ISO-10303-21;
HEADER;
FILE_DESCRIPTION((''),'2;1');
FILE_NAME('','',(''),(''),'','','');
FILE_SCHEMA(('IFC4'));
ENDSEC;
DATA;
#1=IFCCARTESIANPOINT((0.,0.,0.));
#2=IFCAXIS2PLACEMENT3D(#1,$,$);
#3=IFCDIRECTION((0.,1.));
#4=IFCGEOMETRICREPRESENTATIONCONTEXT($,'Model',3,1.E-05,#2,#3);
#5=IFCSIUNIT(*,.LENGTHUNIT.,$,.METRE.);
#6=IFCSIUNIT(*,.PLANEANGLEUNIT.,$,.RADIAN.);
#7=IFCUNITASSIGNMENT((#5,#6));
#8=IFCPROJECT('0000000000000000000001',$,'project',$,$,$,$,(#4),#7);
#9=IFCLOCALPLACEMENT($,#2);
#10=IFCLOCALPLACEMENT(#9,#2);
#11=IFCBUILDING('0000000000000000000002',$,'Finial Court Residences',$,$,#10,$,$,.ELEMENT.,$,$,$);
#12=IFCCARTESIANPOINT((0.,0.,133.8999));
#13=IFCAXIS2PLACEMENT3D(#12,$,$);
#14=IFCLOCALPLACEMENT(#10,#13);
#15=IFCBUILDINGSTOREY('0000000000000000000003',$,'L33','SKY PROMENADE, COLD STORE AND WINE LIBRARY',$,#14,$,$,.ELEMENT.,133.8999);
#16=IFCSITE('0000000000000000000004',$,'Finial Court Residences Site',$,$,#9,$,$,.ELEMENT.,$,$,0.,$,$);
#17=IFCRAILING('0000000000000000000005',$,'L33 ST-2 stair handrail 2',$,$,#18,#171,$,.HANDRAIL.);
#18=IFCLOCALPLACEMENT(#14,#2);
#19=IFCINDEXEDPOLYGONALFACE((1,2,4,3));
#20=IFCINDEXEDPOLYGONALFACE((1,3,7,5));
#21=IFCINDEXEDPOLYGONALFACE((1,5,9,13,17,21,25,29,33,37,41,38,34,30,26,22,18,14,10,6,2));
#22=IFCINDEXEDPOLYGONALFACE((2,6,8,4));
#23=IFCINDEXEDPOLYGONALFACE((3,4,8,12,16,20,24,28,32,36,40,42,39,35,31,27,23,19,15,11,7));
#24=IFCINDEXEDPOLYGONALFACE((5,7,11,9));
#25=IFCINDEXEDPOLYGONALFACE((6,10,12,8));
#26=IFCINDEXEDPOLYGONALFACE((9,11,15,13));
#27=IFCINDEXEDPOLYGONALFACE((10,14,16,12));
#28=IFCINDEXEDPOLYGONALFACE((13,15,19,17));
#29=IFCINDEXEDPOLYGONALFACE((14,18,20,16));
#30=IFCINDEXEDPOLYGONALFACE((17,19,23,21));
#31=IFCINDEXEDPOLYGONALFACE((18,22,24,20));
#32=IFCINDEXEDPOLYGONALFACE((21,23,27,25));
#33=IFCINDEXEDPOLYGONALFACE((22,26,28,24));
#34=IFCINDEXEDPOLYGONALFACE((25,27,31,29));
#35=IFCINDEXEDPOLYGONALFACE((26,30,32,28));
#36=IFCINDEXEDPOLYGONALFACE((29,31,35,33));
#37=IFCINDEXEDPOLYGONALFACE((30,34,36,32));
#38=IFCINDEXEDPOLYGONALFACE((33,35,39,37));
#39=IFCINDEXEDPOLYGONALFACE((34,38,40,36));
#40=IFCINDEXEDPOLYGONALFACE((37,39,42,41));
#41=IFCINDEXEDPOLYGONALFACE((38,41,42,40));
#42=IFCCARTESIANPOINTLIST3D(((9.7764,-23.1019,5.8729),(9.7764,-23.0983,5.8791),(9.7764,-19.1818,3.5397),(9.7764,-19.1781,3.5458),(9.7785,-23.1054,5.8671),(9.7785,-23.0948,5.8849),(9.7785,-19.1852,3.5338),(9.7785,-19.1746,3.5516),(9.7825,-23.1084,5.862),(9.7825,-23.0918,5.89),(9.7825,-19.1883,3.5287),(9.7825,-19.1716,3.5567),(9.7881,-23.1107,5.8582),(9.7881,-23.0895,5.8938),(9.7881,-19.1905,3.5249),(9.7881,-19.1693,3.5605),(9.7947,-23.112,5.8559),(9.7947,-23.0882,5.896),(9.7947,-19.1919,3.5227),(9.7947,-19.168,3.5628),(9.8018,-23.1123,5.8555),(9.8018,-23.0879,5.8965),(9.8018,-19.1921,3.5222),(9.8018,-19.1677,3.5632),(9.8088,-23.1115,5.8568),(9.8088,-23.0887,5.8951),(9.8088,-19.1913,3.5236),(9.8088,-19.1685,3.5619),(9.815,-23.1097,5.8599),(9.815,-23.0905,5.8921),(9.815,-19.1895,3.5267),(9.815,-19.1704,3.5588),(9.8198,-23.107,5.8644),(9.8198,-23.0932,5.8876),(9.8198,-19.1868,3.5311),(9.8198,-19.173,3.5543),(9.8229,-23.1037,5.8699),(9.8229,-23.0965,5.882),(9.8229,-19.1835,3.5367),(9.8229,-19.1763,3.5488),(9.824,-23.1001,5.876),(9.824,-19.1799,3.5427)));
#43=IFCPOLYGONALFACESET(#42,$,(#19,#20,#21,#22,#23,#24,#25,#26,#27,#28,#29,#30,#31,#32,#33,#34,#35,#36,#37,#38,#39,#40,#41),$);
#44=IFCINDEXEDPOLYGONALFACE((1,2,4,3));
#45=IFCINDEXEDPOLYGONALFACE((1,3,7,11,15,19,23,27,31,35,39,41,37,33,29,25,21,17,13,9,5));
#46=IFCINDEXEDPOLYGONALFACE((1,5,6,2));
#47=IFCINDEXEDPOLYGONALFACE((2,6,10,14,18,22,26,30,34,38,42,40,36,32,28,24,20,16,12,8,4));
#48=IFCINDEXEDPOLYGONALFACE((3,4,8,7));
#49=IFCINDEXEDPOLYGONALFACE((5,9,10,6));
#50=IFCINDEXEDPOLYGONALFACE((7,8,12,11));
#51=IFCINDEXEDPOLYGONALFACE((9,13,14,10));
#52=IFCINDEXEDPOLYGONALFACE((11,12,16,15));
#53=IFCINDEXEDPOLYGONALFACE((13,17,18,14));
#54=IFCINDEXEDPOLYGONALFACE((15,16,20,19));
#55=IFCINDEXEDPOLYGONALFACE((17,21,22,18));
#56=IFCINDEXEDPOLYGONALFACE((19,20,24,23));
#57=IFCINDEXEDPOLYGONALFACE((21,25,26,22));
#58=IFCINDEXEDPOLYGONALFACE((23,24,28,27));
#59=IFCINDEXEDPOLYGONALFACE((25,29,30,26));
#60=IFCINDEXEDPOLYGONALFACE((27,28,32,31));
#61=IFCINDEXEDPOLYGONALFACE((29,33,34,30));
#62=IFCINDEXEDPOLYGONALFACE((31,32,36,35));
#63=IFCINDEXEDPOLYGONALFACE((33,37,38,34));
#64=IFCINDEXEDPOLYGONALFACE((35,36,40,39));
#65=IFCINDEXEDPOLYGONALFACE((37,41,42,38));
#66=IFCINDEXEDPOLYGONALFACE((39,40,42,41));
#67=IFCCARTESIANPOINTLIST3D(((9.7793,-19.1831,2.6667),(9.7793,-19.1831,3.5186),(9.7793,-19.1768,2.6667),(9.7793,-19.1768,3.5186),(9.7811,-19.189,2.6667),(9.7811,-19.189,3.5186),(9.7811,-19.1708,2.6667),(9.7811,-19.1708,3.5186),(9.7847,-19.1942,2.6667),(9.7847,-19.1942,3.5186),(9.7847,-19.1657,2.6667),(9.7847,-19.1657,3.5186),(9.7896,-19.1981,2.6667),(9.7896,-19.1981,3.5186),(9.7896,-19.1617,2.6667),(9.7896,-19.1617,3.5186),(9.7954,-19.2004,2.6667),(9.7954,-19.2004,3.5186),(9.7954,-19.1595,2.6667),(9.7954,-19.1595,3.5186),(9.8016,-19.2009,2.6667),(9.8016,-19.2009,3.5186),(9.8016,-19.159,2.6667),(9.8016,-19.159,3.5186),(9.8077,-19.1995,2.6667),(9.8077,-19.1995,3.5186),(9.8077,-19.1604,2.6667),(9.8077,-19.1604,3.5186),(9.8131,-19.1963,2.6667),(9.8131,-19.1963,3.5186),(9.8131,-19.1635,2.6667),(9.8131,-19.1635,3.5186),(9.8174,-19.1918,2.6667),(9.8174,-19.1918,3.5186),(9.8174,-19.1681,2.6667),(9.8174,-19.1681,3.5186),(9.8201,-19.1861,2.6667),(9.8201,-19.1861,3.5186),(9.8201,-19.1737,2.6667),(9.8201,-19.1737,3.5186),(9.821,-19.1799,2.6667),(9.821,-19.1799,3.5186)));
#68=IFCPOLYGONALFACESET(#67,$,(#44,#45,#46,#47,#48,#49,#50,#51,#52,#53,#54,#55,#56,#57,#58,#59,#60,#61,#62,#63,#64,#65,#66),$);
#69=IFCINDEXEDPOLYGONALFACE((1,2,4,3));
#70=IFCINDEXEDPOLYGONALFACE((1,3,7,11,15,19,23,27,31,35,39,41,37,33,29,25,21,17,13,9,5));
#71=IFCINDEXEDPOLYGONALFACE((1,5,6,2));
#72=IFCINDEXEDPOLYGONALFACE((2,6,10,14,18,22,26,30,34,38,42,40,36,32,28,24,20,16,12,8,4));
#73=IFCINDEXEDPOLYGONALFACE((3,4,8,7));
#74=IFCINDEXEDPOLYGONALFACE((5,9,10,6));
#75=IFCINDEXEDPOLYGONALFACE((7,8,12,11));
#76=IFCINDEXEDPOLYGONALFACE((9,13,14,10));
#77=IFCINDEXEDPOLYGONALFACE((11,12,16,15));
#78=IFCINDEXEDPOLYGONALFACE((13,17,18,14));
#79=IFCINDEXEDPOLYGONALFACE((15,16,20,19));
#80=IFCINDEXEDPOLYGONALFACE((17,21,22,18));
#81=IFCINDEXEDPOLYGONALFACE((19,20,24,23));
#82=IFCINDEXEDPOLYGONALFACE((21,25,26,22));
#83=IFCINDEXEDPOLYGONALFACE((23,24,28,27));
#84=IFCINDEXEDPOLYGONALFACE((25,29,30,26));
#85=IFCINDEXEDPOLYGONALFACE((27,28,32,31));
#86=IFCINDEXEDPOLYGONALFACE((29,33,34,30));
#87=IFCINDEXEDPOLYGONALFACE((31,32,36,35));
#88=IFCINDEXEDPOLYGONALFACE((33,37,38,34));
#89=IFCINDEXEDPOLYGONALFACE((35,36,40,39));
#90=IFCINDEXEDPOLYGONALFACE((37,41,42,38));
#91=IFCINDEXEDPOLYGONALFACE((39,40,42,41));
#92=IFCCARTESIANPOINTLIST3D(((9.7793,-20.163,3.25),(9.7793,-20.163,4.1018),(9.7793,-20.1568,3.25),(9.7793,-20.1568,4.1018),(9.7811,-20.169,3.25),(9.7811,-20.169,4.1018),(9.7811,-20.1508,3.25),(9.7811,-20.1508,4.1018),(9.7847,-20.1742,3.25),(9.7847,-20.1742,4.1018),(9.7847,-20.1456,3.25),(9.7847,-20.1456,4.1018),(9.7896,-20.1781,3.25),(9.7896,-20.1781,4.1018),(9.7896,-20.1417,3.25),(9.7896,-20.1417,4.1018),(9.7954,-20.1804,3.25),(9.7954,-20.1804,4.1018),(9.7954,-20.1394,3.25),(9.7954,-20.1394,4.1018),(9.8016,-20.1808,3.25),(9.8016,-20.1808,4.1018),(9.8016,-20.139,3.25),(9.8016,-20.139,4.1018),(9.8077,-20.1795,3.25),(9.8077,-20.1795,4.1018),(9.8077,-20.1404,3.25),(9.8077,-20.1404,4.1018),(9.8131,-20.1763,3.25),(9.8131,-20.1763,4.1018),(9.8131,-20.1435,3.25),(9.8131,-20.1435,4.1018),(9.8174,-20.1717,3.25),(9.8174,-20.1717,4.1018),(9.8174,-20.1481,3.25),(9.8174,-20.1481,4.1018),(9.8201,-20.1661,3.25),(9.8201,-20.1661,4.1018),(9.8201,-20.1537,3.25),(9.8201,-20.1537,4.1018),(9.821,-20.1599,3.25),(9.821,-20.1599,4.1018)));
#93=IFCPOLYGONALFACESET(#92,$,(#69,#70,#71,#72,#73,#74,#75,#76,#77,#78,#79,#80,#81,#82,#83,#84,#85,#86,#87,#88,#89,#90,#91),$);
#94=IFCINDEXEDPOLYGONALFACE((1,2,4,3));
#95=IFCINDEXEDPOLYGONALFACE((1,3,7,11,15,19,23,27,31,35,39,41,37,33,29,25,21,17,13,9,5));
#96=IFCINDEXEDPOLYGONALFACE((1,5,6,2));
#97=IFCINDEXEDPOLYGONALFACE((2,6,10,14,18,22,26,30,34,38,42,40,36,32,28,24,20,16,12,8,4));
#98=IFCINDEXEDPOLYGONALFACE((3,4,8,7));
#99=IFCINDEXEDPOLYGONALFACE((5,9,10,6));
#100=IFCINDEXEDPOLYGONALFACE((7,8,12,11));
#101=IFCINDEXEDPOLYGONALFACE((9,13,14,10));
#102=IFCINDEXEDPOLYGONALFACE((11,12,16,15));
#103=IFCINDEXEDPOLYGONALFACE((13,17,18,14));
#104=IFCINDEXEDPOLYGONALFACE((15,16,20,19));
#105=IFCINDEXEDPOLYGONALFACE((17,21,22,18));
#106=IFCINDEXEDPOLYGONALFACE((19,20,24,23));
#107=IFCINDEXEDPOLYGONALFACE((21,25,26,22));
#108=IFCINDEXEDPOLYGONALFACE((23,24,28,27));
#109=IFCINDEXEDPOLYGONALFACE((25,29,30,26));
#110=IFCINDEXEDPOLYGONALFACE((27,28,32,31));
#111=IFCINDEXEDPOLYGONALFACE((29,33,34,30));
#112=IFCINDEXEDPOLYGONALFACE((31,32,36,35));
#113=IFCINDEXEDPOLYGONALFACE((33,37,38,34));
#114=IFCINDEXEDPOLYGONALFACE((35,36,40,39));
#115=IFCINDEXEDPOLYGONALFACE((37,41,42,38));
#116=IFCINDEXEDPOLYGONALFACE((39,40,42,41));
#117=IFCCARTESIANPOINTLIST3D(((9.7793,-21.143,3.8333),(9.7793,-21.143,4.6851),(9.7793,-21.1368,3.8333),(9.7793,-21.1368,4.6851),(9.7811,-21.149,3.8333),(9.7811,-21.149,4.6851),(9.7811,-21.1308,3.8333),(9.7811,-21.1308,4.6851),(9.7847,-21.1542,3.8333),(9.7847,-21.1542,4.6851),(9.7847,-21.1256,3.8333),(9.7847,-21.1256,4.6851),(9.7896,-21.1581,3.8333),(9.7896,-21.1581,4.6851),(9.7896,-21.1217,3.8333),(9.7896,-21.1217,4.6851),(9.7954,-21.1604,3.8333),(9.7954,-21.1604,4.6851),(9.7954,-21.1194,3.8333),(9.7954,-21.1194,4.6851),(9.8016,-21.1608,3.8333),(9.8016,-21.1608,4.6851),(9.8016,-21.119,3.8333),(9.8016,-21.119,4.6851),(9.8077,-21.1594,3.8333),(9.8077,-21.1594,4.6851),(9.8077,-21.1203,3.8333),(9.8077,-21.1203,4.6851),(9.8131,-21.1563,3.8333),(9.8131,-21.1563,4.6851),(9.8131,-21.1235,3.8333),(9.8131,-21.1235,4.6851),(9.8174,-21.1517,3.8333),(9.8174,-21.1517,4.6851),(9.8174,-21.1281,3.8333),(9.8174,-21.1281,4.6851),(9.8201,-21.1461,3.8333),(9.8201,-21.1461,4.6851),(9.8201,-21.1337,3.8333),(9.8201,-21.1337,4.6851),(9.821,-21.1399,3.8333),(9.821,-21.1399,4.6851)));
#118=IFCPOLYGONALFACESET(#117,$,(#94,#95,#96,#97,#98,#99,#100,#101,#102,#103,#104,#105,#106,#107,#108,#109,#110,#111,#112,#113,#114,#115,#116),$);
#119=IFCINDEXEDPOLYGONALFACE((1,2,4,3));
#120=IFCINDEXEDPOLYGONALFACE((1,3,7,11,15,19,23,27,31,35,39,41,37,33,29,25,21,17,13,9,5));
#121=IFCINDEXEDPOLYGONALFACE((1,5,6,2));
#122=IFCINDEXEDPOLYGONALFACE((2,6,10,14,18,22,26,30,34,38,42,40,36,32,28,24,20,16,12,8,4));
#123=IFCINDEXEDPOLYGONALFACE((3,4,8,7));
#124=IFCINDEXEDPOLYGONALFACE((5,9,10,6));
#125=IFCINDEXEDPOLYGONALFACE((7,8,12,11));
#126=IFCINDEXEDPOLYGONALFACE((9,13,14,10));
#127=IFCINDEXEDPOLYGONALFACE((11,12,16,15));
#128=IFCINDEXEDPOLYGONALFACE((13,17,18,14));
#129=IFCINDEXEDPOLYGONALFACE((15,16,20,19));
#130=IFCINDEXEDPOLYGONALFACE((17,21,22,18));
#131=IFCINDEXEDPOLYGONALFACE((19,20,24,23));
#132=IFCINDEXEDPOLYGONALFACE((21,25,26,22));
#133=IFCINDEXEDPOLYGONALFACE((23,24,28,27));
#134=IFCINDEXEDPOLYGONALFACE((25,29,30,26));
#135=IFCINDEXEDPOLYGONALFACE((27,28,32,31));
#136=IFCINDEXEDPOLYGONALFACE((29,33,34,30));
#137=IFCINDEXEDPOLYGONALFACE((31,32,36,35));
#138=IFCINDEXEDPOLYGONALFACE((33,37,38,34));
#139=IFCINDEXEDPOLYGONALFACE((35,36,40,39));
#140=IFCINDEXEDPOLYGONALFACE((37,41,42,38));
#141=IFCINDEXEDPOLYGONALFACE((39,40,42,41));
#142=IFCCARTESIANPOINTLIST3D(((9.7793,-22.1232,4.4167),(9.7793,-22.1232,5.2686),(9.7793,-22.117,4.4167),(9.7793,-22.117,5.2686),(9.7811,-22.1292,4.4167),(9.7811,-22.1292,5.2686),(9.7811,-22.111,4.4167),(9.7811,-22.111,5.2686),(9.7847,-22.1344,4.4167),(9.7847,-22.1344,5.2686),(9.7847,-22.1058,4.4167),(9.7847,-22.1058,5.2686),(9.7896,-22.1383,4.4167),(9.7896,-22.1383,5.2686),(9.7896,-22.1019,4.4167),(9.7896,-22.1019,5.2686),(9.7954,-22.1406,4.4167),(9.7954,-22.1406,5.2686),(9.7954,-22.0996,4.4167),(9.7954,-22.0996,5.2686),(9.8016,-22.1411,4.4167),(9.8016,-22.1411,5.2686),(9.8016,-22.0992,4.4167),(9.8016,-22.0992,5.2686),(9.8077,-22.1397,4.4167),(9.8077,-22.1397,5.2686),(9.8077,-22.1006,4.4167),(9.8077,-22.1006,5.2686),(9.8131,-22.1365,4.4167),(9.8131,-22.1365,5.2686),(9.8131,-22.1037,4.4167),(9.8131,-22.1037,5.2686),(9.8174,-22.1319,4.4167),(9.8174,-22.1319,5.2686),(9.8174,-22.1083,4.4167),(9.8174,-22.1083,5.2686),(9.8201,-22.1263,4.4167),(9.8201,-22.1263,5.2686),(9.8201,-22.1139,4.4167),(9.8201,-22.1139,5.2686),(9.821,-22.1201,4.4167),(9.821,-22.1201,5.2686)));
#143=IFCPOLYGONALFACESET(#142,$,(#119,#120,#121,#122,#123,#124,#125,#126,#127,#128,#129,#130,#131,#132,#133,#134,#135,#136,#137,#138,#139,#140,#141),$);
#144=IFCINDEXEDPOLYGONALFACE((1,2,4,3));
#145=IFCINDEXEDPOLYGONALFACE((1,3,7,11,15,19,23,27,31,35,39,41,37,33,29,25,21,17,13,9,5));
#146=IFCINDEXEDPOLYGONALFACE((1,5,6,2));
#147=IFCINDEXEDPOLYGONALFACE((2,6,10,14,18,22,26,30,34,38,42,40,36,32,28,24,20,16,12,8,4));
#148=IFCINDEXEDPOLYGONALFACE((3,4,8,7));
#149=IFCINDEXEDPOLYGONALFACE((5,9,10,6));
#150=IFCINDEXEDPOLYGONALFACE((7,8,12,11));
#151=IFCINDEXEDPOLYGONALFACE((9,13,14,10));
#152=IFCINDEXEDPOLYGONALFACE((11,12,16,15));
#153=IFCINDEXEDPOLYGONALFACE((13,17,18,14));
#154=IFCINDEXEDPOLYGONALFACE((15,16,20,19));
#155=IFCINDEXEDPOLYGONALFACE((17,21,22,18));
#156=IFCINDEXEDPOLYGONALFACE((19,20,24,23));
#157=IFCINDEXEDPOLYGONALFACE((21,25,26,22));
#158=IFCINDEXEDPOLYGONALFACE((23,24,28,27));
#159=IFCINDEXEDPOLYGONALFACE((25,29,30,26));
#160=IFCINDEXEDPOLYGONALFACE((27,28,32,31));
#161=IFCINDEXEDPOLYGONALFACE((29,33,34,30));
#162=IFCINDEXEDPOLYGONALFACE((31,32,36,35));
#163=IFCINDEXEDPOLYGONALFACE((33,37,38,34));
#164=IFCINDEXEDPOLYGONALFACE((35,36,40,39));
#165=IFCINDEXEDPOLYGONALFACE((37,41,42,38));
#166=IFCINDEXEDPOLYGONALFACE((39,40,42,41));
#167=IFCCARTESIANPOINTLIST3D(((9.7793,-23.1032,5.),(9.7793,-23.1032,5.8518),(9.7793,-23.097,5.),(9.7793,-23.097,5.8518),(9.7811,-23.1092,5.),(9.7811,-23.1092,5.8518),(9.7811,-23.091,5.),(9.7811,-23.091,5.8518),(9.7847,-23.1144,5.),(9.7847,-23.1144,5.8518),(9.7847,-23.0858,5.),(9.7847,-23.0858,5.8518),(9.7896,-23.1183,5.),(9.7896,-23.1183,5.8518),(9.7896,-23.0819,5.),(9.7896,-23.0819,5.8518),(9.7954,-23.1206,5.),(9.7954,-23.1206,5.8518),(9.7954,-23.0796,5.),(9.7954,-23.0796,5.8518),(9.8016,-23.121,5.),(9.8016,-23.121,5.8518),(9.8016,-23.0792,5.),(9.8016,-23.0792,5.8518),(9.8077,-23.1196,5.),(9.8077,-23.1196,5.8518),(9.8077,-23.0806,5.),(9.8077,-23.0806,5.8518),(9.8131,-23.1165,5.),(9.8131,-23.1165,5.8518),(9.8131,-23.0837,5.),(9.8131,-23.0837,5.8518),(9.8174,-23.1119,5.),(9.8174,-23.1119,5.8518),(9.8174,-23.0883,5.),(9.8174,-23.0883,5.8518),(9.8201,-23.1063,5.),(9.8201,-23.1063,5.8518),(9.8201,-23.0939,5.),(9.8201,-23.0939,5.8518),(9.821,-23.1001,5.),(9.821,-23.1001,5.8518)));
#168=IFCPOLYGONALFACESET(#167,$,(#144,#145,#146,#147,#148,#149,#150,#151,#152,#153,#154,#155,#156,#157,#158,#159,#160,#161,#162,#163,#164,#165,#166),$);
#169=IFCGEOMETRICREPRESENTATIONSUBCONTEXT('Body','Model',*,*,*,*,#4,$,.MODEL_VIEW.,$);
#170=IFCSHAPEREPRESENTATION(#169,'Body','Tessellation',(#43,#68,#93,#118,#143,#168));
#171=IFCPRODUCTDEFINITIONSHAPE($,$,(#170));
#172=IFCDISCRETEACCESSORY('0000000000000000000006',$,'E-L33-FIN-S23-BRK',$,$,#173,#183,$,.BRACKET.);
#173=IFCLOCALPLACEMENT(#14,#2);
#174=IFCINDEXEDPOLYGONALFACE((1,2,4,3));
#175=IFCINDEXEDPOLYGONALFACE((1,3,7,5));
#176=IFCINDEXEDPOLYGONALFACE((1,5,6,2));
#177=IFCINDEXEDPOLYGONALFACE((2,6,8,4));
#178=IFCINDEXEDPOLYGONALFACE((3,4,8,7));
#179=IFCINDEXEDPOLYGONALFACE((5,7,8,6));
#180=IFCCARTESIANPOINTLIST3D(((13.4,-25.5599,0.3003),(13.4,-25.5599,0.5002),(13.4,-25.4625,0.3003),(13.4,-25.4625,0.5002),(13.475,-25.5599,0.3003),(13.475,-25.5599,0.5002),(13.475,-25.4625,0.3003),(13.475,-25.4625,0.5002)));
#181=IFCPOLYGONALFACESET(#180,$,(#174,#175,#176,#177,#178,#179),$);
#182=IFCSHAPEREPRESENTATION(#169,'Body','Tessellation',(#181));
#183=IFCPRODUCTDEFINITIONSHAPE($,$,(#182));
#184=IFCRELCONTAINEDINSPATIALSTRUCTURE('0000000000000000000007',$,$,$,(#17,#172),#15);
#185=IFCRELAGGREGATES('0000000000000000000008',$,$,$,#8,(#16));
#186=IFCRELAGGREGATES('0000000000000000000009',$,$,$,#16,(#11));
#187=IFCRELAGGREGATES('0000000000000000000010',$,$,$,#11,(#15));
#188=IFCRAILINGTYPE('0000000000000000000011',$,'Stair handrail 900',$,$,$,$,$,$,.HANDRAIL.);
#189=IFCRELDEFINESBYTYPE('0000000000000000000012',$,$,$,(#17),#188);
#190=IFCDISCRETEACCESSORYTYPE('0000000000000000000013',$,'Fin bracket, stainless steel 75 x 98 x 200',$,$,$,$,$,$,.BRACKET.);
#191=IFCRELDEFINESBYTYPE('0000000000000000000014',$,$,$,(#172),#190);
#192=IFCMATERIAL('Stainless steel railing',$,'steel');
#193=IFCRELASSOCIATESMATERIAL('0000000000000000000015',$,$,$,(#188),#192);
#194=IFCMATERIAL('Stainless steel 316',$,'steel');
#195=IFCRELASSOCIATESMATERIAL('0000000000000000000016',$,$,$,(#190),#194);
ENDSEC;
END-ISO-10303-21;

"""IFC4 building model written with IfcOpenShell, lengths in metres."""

from ifc_helpers import new_model, si_unit, direction, frame, origin, origin_2d, place, context, subcontext, project, spatial, rectangle, circle, extrude, material, type_object, element, save


model = new_model("IFC4")

# Units and contexts
model_context = context("Model", 3, precision=1e-05, world=origin(), true_north=direction((0.0, 1.0)))
body_context = subcontext(model_context, "Body", "Model", "MODEL_VIEW")
ifc_project = project(units=[si_unit("LENGTHUNIT", "METRE"), si_unit("PLANEANGLEUNIT", "RADIAN")], contexts=[model_context])

# Site, building, storey
site_placement = place(None, origin())
site = spatial("IfcSite", under=ifc_project, at=site_placement, Name="Finial Court Residences Site", CompositionType="ELEMENT", RefElevation=0.0)
building_placement = place(site_placement, origin())
building = spatial("IfcBuilding", under=site, at=building_placement, Name="Finial Court Residences", CompositionType="ELEMENT")
storey_placement = place(building_placement, frame((0.0, 0.0, 133.8999)))
storey = spatial("IfcBuildingStorey", under=building, at=storey_placement, Name="L33", Description="SKY PROMENADE, COLD STORE AND WINE LIBRARY", CompositionType="ELEMENT", Elevation=133.8999)

# Railing
ifc_material_1 = material(Name="Stainless steel railing", Category="steel")
railing_type_1 = type_object("IfcRailingType", Name="Stair handrail 900", PredefinedType="HANDRAIL", material=ifc_material_1)
railing_1_placement = place(storey_placement, frame((9.8, -19.1799, 2.6667)))
element("IfcRailing", 1, at=railing_1_placement, inside=storey, type_object=railing_type_1, Name="L33 ST-2 stair handrail 2", PredefinedType="HANDRAIL", context=body_context, shape_type="SweptSolid", body=[
    extrude(circle(Radius=0.0239, at=origin_2d()), frame((0.0, 0.0, 0.876), z_axis=(0.0, -0.85931, 0.511455), x_axis=(1.0, 0.0, 0.0)), (0.0, 0.0, 1.0), 4.562),
    extrude(circle(Radius=0.021, at=origin_2d()), origin(), (0.0, 0.0, 1.0), 0.8518),
    extrude(circle(Radius=0.021, at=origin_2d()), frame((0.0, -0.98, 0.5833)), (0.0, 0.0, 1.0), 0.8518),
    extrude(circle(Radius=0.021, at=origin_2d()), frame((0.0, -1.96, 1.1665)), (0.0, 0.0, 1.0), 0.8518),
    extrude(circle(Radius=0.021, at=origin_2d()), frame((0.0, -2.9402, 1.75)), (0.0, 0.0, 1.0), 0.8518),
    extrude(circle(Radius=0.021, at=origin_2d()), frame((0.0, -3.9202, 2.3333)), (0.0, 0.0, 1.0), 0.8518),
])

# Discrete accessory
ifc_material_2 = material(Name="Stainless steel 316", Category="steel")
discrete_accessory_type = type_object("IfcDiscreteAccessoryType", Name="Fin bracket, stainless steel 75 x 98 x 200", PredefinedType="BRACKET", material=ifc_material_2)
discrete_accessory_placement = place(storey_placement, frame((13.4375, -25.5112, 0.3003), z_axis=(0.0, 0.0, 1.0), x_axis=(1.0, 0.0, 0.0)))
element("IfcDiscreteAccessory", 2, at=discrete_accessory_placement, inside=storey, type_object=discrete_accessory_type, Name="E-L33-FIN-S23-BRK", PredefinedType="BRACKET", context=body_context, shape_type="SweptSolid", body=[
    extrude(rectangle(XDim=0.075, YDim=0.0974, at=origin_2d()), origin(), (0.0, 0.0, 1.0), 0.2),
])

save(model, "model.ifc")
